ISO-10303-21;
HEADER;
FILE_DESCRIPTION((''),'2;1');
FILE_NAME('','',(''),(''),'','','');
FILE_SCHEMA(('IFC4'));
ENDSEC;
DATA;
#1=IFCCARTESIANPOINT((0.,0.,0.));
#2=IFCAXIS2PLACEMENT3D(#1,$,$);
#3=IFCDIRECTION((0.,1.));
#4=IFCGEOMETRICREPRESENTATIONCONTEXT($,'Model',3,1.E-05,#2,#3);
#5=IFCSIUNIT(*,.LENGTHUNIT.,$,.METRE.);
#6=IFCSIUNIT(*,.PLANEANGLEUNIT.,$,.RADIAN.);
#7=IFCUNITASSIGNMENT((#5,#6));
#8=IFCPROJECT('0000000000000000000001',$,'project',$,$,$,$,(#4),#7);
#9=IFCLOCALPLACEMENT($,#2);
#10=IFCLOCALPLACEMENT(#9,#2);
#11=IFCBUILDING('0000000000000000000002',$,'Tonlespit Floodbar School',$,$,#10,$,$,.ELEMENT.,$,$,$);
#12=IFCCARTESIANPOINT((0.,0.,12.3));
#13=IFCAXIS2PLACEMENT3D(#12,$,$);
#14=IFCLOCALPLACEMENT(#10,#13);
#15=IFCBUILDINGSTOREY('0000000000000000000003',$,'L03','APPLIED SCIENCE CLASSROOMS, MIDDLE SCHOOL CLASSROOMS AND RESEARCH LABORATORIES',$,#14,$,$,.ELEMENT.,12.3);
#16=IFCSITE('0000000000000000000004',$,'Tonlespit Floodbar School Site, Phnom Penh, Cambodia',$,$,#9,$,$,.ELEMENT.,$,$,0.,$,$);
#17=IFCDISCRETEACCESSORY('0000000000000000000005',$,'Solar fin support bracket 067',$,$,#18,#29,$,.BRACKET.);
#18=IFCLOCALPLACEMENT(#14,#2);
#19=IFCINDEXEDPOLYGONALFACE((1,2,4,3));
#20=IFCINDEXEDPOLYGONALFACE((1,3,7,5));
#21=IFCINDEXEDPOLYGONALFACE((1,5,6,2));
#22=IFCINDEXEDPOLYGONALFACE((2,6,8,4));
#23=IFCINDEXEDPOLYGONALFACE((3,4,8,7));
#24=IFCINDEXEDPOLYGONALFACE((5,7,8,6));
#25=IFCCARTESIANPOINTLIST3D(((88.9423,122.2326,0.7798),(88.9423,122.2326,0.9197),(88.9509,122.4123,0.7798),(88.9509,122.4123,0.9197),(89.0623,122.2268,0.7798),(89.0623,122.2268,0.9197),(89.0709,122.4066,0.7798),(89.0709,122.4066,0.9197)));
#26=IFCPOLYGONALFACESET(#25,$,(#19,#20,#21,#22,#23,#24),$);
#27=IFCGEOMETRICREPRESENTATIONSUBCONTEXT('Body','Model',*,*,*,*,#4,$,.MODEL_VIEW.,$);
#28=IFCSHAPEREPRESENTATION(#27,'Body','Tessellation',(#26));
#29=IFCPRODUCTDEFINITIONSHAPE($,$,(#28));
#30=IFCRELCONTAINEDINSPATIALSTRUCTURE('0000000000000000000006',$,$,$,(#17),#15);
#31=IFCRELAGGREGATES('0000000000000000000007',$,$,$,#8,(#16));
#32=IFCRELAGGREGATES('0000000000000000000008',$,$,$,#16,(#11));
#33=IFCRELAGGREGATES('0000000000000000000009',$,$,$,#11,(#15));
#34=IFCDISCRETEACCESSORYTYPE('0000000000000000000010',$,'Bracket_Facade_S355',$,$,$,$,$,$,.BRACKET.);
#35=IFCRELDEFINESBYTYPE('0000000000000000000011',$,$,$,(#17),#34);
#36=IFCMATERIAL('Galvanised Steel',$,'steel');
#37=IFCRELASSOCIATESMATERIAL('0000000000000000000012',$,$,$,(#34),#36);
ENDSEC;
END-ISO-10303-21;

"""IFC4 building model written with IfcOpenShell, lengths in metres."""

from ifc_helpers import new_model, si_unit, direction, frame, origin, origin_2d, place, context, subcontext, project, spatial, rectangle, extrude, material, type_object, element, save


model = new_model("IFC4")

# Units and contexts
model_context = context("Model", 3, precision=1e-05, world=origin(), true_north=direction((0.0, 1.0)))
body_context = subcontext(model_context, "Body", "Model", "MODEL_VIEW")
ifc_project = project(units=[si_unit("LENGTHUNIT", "METRE"), si_unit("PLANEANGLEUNIT", "RADIAN")], contexts=[model_context])

# Site, building, storey
site_placement = place(None, origin())
site = spatial("IfcSite", under=ifc_project, at=site_placement, Name="Tonlespit Floodbar School Site, Phnom Penh, Cambodia", CompositionType="ELEMENT", RefElevation=0.0)
building_placement = place(site_placement, origin())
building = spatial("IfcBuilding", under=site, at=building_placement, Name="Tonlespit Floodbar School", CompositionType="ELEMENT")
storey_placement = place(building_placement, frame((0.0, 0.0, 12.3)))
storey = spatial("IfcBuildingStorey", under=building, at=storey_placement, Name="L03", Description="APPLIED SCIENCE CLASSROOMS, MIDDLE SCHOOL CLASSROOMS AND RESEARCH LABORATORIES", CompositionType="ELEMENT", Elevation=12.3)

# Discrete accessory
ifc_material_1 = material(Name="Galvanised Steel", Category="steel")
discrete_accessory_type = type_object("IfcDiscreteAccessoryType", Name="Bracket_Facade_S355", PredefinedType="BRACKET", material=ifc_material_1)
discrete_accessory_1_placement = place(storey_placement, frame((89.0066, 122.3196, 0.7798), z_axis=(0.0, 0.0, 1.0), x_axis=(0.998843, -0.048095, 0.0)))
element("IfcDiscreteAccessory", 1, at=discrete_accessory_1_placement, inside=storey, type_object=discrete_accessory_type, Name="Solar fin support bracket 067", PredefinedType="BRACKET", context=body_context, shape_type="SweptSolid", body=[
    extrude(rectangle(XDim=0.1201, YDim=0.1799, at=origin_2d()), origin(), (0.0, 0.0, 1.0), 0.1399),
])

save(model, "model.ifc")
